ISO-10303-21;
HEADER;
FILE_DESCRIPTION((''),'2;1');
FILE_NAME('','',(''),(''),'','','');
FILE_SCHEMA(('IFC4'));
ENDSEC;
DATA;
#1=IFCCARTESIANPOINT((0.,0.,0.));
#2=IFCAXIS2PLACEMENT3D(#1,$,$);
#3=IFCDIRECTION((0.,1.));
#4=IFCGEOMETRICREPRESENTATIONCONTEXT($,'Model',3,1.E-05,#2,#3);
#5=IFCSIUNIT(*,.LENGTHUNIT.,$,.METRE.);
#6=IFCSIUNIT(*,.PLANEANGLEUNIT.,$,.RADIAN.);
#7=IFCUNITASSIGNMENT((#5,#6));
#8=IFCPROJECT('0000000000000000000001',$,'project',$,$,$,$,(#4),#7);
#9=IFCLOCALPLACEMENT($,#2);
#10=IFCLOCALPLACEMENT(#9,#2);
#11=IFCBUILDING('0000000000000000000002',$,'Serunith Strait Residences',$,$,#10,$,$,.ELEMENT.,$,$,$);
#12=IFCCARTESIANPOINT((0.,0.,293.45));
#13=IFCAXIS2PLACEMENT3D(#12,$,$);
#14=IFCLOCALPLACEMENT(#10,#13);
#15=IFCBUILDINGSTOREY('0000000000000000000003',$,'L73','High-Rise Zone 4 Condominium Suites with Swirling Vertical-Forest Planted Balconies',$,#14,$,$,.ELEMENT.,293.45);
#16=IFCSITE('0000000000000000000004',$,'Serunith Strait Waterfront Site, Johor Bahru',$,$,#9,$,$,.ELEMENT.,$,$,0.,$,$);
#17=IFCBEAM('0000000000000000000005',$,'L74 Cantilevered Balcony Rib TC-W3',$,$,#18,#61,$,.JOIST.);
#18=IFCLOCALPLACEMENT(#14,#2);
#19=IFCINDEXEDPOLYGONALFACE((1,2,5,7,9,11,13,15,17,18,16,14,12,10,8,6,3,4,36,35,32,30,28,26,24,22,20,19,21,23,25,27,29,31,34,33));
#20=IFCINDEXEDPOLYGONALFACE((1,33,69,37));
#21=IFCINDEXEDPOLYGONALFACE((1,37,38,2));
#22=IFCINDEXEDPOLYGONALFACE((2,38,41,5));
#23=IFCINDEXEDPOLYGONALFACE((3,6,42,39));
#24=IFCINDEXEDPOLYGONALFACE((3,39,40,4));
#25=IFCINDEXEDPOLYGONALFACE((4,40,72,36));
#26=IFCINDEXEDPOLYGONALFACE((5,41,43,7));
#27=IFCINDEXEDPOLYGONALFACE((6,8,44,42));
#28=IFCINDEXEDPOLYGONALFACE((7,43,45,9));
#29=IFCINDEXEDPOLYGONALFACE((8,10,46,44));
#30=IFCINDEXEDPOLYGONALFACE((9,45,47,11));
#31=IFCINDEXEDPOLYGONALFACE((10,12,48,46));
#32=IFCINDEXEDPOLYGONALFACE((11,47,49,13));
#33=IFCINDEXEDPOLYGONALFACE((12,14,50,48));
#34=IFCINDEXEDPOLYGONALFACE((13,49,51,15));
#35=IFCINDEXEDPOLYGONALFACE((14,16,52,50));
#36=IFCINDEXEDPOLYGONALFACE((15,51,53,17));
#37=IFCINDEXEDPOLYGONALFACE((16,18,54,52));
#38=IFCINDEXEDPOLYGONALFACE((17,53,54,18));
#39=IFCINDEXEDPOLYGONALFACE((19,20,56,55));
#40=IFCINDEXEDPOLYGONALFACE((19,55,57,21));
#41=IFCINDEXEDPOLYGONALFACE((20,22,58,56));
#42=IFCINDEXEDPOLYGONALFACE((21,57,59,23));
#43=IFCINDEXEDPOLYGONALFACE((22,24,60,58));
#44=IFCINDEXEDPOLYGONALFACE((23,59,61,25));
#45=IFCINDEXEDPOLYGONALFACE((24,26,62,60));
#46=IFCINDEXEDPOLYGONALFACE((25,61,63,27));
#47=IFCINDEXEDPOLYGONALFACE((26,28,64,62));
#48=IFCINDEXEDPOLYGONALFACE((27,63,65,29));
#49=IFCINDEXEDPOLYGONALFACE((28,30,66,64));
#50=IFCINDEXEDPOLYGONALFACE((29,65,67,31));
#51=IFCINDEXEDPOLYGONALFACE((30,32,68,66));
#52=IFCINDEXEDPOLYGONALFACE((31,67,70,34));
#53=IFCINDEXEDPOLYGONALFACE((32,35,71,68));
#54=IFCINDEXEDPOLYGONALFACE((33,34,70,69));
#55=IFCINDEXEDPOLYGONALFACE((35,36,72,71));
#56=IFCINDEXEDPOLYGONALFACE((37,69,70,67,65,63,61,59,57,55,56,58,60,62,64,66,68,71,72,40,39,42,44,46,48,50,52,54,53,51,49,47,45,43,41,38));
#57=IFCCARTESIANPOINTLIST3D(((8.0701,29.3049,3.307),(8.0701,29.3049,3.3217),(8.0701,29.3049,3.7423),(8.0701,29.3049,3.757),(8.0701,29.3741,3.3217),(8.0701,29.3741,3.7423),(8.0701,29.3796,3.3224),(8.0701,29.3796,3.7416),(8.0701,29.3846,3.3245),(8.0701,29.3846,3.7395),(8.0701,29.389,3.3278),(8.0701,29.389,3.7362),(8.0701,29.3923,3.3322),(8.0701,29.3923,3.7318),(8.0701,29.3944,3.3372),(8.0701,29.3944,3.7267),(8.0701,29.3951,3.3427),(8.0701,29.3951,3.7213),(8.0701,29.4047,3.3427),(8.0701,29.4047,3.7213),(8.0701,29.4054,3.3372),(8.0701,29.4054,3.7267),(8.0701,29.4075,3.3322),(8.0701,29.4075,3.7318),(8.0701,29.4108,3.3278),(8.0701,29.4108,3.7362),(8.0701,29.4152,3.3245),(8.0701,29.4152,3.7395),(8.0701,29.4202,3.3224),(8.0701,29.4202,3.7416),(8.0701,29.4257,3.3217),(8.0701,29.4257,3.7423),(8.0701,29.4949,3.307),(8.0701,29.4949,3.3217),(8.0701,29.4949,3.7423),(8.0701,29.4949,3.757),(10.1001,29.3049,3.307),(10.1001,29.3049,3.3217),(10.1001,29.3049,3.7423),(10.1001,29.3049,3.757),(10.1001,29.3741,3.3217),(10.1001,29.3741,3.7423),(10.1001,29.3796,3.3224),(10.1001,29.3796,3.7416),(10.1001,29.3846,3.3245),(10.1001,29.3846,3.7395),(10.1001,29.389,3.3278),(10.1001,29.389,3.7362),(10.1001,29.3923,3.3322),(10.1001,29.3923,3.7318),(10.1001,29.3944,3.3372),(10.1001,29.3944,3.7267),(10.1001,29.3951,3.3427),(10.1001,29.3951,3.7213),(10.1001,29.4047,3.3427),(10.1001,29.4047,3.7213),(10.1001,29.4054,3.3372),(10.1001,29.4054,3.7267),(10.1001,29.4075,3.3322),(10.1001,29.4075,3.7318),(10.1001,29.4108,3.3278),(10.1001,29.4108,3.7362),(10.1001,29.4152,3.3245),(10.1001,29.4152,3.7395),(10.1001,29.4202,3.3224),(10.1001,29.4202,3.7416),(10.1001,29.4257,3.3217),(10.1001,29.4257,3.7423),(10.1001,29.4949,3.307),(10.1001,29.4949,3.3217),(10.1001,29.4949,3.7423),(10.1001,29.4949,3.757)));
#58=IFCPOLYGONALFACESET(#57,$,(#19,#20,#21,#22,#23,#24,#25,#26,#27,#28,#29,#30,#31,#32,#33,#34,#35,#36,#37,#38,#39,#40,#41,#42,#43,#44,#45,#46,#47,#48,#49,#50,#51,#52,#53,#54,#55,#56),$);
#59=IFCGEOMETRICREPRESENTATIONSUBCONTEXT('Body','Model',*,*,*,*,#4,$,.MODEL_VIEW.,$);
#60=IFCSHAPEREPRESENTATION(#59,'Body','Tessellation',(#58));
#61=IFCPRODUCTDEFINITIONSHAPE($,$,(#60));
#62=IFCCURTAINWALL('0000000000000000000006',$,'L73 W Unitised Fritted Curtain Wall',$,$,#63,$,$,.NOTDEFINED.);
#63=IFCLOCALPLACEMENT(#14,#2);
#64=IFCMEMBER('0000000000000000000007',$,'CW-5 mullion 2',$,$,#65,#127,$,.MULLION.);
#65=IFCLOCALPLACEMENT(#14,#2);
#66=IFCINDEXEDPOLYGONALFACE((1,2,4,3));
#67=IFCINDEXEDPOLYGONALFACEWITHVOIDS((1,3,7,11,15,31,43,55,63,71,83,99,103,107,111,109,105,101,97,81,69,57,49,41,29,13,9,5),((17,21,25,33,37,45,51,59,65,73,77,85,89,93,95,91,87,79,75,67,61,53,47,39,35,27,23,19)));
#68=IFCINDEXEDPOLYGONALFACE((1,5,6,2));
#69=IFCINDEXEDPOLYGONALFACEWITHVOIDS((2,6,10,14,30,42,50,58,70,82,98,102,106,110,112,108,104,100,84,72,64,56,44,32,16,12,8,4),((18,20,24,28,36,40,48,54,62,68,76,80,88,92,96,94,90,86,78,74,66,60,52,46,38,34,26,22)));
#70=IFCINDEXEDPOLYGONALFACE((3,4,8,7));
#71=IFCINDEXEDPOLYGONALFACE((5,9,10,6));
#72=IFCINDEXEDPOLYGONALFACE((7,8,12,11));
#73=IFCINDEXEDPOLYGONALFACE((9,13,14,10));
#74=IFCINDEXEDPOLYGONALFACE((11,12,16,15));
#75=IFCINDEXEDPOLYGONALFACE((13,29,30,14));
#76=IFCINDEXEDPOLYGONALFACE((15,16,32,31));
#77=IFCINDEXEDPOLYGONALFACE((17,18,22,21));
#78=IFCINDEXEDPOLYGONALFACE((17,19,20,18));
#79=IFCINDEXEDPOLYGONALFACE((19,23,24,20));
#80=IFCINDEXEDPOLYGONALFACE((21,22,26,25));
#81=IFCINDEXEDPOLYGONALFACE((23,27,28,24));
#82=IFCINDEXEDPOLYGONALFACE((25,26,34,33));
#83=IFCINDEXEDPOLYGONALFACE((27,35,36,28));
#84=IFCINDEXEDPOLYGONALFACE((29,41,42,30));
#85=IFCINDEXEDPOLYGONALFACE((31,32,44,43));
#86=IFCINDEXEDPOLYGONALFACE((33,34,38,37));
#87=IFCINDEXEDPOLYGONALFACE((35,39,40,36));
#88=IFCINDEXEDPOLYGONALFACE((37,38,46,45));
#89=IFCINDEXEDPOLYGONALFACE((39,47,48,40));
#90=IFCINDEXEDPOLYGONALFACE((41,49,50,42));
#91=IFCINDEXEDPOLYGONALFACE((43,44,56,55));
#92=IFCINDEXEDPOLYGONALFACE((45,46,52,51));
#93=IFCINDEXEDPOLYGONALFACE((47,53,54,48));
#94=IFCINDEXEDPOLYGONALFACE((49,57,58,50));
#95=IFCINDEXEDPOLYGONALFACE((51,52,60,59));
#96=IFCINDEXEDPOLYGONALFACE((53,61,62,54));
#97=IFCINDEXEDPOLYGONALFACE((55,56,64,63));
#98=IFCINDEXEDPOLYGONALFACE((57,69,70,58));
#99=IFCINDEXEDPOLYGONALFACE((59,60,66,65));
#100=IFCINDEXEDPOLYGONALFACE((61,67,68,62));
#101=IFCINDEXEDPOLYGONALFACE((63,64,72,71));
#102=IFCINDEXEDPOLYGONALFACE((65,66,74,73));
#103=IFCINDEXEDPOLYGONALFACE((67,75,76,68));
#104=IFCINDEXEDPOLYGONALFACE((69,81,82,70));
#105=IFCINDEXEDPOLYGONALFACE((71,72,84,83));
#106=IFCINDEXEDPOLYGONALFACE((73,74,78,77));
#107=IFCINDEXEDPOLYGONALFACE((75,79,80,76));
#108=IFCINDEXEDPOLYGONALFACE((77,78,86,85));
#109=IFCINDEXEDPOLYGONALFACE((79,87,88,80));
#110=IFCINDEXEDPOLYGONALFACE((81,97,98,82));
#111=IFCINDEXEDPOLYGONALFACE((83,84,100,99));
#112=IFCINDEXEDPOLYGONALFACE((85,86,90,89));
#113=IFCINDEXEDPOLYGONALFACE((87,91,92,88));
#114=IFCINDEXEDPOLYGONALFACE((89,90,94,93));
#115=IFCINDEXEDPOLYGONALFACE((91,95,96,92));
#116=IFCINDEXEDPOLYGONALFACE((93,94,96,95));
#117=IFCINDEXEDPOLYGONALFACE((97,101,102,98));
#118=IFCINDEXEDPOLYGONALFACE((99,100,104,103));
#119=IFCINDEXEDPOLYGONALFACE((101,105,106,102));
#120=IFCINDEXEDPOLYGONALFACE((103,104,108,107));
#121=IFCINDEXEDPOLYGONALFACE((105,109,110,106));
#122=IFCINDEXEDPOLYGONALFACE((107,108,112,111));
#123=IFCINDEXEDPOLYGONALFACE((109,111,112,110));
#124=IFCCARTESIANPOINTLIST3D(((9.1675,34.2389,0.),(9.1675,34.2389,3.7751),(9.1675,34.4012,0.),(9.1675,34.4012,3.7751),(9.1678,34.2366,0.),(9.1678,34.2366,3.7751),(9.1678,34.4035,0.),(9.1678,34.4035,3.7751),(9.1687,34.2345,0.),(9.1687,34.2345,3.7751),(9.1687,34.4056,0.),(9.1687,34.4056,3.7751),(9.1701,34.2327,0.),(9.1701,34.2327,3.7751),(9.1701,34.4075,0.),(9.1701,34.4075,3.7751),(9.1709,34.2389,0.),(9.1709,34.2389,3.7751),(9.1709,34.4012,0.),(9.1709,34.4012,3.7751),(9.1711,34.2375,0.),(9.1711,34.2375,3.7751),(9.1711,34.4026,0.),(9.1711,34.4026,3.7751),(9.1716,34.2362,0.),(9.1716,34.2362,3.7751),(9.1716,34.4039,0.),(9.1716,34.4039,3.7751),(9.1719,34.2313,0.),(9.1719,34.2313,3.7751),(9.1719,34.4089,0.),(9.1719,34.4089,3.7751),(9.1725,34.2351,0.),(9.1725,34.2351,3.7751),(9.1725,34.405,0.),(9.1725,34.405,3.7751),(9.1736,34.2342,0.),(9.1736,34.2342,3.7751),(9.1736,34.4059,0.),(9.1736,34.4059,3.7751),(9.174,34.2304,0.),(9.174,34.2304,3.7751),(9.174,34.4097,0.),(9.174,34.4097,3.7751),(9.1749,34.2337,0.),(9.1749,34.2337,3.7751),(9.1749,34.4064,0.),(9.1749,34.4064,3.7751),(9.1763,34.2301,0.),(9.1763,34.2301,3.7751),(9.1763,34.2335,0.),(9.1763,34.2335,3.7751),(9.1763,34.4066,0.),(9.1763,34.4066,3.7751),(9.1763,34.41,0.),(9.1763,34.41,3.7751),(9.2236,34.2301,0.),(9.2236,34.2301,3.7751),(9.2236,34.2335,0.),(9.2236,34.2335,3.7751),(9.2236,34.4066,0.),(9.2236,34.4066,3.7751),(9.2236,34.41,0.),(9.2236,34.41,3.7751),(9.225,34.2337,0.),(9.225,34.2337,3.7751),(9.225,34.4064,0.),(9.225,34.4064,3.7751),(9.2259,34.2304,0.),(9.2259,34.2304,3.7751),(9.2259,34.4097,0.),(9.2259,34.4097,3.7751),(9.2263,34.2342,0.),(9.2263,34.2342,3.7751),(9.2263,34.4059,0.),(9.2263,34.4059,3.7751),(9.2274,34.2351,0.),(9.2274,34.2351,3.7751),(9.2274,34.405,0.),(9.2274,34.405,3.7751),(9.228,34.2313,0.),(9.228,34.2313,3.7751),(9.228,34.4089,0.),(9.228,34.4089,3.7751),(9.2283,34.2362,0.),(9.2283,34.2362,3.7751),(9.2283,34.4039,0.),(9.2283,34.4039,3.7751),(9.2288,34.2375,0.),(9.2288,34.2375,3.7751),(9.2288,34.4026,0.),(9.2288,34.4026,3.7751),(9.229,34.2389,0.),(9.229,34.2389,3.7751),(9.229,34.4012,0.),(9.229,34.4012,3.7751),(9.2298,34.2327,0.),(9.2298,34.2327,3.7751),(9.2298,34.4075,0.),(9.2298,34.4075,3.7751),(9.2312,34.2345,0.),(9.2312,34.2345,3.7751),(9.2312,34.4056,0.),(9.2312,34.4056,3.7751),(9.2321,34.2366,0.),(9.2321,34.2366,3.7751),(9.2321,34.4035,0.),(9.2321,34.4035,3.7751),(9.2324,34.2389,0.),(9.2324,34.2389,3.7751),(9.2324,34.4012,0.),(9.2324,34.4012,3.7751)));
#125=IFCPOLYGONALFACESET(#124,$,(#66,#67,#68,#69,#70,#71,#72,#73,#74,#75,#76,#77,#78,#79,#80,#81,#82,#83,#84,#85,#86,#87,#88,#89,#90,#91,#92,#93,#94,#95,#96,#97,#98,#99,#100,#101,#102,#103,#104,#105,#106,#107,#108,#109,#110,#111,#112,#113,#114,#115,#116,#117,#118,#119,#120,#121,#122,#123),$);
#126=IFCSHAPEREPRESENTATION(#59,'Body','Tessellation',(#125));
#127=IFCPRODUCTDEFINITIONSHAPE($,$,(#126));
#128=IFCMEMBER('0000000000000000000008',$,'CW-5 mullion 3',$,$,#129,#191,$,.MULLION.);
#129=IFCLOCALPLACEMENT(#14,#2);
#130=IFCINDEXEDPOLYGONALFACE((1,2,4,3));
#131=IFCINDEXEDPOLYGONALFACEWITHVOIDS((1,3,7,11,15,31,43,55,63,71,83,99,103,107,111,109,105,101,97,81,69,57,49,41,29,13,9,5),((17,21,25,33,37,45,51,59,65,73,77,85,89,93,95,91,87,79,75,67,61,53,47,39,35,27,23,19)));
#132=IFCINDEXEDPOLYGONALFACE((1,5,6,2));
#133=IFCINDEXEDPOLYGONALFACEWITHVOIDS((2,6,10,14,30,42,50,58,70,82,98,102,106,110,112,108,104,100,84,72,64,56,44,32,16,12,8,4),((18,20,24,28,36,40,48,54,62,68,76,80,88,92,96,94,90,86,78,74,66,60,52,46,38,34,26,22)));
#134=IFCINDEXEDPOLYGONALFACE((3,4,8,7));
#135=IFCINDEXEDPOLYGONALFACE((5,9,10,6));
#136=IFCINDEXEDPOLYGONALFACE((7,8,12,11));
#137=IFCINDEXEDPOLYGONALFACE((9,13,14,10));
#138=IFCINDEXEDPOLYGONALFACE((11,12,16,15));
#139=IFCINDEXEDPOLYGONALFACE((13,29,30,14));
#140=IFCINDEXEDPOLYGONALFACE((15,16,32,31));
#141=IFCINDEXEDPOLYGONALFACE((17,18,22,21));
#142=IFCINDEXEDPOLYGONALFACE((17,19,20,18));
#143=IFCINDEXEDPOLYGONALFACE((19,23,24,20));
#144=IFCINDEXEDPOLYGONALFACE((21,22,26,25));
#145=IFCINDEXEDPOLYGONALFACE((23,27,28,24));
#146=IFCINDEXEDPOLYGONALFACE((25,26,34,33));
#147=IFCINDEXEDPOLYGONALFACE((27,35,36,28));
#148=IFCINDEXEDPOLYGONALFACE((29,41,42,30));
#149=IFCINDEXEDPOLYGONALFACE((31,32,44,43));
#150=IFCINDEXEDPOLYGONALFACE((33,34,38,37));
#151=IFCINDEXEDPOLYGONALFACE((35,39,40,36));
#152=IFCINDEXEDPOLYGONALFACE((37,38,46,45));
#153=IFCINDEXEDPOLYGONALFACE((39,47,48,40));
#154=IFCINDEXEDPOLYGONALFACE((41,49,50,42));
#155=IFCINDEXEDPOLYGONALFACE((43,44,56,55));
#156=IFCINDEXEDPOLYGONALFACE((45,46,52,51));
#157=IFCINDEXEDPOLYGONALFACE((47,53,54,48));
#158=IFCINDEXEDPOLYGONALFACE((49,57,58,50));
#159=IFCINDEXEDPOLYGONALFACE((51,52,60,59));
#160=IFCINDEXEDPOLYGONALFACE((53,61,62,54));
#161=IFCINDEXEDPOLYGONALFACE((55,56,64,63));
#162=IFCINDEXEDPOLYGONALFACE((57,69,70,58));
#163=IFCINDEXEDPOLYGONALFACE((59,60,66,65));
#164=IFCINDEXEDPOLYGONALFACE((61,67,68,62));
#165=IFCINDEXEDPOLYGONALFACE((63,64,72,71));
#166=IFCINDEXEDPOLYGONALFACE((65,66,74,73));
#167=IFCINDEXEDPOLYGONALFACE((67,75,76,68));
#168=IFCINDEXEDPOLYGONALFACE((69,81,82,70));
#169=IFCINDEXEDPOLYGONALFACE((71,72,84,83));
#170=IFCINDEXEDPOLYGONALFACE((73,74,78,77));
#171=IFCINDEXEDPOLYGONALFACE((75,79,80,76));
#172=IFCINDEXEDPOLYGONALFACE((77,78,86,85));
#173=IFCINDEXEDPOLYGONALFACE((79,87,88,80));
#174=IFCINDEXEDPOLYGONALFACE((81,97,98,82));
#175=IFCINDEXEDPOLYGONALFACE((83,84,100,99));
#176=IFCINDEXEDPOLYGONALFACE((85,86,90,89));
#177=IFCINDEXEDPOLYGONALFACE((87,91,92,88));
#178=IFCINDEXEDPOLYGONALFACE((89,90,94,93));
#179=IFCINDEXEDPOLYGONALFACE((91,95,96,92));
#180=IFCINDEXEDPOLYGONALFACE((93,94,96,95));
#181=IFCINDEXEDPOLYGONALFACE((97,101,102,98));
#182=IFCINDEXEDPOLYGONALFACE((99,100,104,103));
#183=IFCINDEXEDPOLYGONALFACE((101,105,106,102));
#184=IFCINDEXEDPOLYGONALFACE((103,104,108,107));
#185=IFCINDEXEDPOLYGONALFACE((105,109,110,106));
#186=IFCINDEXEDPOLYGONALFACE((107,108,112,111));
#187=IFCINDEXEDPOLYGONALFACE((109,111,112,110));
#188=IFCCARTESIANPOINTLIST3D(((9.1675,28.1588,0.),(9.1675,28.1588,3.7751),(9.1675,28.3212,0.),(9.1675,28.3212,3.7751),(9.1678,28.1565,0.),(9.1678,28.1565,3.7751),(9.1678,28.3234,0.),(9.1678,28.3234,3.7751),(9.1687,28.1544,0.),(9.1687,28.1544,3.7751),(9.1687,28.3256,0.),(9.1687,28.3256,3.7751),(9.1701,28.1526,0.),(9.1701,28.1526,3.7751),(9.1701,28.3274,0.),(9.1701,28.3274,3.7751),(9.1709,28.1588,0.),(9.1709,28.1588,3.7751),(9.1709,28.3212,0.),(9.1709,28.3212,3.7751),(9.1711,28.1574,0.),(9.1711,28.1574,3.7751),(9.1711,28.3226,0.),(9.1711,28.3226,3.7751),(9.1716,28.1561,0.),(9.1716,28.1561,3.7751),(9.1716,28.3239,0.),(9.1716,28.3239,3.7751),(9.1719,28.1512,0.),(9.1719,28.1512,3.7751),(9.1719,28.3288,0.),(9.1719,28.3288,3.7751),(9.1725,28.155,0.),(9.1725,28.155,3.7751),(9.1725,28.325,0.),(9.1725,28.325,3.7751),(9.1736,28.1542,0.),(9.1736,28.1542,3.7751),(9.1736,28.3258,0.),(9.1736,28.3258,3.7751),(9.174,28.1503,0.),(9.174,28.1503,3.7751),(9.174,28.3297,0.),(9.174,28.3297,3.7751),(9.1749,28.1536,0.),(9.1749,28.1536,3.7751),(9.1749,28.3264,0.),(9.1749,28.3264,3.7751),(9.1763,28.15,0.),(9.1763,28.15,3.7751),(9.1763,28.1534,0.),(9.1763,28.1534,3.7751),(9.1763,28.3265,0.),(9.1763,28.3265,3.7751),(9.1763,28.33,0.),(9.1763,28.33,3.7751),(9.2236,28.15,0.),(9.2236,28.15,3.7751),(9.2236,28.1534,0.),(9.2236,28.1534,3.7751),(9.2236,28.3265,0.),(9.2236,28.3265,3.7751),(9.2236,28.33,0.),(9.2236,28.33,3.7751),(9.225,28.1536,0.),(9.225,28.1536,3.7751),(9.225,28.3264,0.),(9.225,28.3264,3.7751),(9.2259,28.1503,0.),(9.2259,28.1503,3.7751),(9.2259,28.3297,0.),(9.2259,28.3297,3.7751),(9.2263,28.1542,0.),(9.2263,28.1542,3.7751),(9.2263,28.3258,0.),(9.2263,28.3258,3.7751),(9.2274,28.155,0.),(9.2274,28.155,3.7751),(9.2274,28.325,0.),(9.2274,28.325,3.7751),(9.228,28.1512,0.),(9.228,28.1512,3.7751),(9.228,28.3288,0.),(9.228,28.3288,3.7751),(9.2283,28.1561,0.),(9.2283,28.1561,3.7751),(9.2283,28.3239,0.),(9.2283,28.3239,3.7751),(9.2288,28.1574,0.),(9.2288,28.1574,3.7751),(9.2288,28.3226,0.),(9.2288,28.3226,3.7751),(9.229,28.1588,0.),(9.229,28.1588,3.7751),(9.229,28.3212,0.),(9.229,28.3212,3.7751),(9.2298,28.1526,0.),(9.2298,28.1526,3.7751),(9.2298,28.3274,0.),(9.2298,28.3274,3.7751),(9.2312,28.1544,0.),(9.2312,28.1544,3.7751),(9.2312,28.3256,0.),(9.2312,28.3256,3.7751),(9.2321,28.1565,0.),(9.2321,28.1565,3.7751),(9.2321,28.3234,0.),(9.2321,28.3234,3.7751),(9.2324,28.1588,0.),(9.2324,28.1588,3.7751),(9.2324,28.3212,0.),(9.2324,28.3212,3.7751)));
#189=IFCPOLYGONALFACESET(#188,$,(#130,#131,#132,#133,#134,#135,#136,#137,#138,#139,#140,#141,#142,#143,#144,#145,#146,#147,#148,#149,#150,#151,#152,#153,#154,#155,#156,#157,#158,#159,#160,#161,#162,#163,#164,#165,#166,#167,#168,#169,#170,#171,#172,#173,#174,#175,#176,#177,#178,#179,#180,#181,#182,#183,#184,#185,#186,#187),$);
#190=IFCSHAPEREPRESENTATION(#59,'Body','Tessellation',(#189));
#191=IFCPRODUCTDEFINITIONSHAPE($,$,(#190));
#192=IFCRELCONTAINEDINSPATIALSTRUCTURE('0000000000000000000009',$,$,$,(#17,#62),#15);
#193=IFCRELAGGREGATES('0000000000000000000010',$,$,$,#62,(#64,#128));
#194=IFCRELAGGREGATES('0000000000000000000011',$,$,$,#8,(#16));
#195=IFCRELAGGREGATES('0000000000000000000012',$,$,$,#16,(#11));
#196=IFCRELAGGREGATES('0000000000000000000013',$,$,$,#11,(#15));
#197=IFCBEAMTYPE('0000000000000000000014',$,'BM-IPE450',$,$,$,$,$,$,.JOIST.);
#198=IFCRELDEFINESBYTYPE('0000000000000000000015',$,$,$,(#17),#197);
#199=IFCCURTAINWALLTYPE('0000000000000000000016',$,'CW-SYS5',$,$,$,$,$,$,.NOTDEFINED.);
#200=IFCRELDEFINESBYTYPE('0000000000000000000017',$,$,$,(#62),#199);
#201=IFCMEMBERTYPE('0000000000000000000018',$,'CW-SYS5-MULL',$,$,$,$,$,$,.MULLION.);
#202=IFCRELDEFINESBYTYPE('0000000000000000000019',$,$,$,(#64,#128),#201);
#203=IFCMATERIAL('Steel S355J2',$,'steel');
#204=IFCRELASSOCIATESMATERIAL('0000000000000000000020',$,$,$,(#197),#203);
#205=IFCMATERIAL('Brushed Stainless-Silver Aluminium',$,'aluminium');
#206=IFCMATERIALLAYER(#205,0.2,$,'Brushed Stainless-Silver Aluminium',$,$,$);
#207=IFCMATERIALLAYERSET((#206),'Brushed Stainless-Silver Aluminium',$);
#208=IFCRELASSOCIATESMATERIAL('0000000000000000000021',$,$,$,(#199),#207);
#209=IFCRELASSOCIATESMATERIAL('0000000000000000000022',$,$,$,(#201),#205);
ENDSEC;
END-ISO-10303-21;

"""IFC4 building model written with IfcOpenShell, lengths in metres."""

from ifc_helpers import new_model, si_unit, direction, frame, origin, origin_2d, place, context, subcontext, project, spatial, hollow_rectangle, i_section, extrude, source, transform, mapped, material, layer, layer_set, material_profile, profile_set, type_object, element, aggregate, save


model = new_model("IFC4")

# Units and contexts
model_context = context("Model", 3, precision=1e-05, world=origin(), true_north=direction((0.0, 1.0)))
body_context = subcontext(model_context, "Body", "Model", "MODEL_VIEW")
ifc_project = project(units=[si_unit("LENGTHUNIT", "METRE"), si_unit("PLANEANGLEUNIT", "RADIAN")], contexts=[model_context])

# Site, building, storey
site_placement = place(None, origin())
site = spatial("IfcSite", under=ifc_project, at=site_placement, Name="Serunith Strait Waterfront Site, Johor Bahru", CompositionType="ELEMENT", RefElevation=0.0)
building_placement = place(site_placement, origin())
building = spatial("IfcBuilding", under=site, at=building_placement, Name="Serunith Strait Residences", CompositionType="ELEMENT")
storey_placement = place(building_placement, frame((0.0, 0.0, 293.45)))
storey = spatial("IfcBuildingStorey", under=building, at=storey_placement, Name="L73", Description="High-Rise Zone 4 Condominium Suites with Swirling Vertical-Forest Planted Balconies", CompositionType="ELEMENT", Elevation=293.45)

# Beam
ifc_material_1 = material(Name="Steel S355J2", Category="steel")
ifc_material_profile_1 = material_profile(ifc_material_1, i_section(OverallWidth=0.1899, OverallDepth=0.45, WebThickness=0.0095, FlangeThickness=0.0146, FilletRadius=0.021, at=origin_2d()), Name="IPE 450")
ifc_profile_set_1 = profile_set([ifc_material_profile_1], Name="Steel S355J2")
beam_type_1 = type_object("IfcBeamType", Name="BM-IPE450", PredefinedType="JOIST", material=ifc_profile_set_1)
shared_shape_1 = source(origin(), body_context, "Body", "SweptSolid", [
    extrude(i_section(OverallWidth=0.1899, OverallDepth=0.45, WebThickness=0.0095, FlangeThickness=0.0146, FilletRadius=0.021, at=origin_2d()), origin(), (0.0, 0.0, 1.0), 2.03),
])
beam_1_placement = place(storey_placement, frame((10.1001, 29.3999, 3.532), z_axis=(-1.0, 0.0, 0.0), x_axis=(0.0, -1.0, 0.0)))
element("IfcBeam", 1, at=beam_1_placement, inside=storey, type_object=beam_type_1, Name="L74 Cantilevered Balcony Rib TC-W3", PredefinedType="JOIST", context=body_context, shape_type="MappedRepresentation", body=[
    mapped(shared_shape_1, transform((0.0, 0.0, 0.0), scale=1.0)),
])

# Curtain wall, members
ifc_material_2 = material(Name="Brushed Stainless-Silver Aluminium", Category="aluminium")
ifc_layer_1 = layer(ifc_material_2, 0.2, Name="Brushed Stainless-Silver Aluminium")
ifc_layer_set_1 = layer_set([ifc_layer_1], Name="Brushed Stainless-Silver Aluminium")
curtain_wall_type = type_object("IfcCurtainWallType", Name="CW-SYS5", PredefinedType="NOTDEFINED", material=ifc_layer_set_1)
curtain_wall_placement = place(storey_placement, origin())
curtain_wall = element("IfcCurtainWall", 2, at=curtain_wall_placement, inside=storey, type_object=curtain_wall_type, Name="L73 W Unitised Fritted Curtain Wall", PredefinedType="NOTDEFINED")
ifc_material_profile_2 = material_profile(ifc_material_2, hollow_rectangle(XDim=0.0649, YDim=0.1799, WallThickness=0.0034, InnerFilletRadius=0.0054, OuterFilletRadius=0.0088, at=origin_2d()), Name="ALU 180x65x3.5")
ifc_profile_set_2 = profile_set([ifc_material_profile_2], Name="Brushed Stainless-Silver Aluminium")
member_type_1 = type_object("IfcMemberType", Name="CW-SYS5-MULL", PredefinedType="MULLION", material=ifc_profile_set_2)
shared_shape_2 = source(origin(), body_context, "Body", "SweptSolid", [
    extrude(hollow_rectangle(XDim=0.0649, YDim=0.1799, WallThickness=0.0034, InnerFilletRadius=0.0054, OuterFilletRadius=0.0088, at=origin_2d()), origin(), (0.0, 0.0, 1.0), 3.7751),
])
member_1_placement = place(storey_placement, frame((9.2, 34.3201, 0.0), z_axis=(0.0, 0.0, 1.0), x_axis=(1.0, 0.0, 0.0)))
member_1 = element("IfcMember", 3, at=member_1_placement, type_object=member_type_1, Name="CW-5 mullion 2", PredefinedType="MULLION", context=body_context, shape_type="MappedRepresentation", body=[
    mapped(shared_shape_2, transform((0.0, 0.0, 0.0), scale=1.0)),
])
member_2_placement = place(storey_placement, frame((9.2, 28.24, 0.0), z_axis=(0.0, 0.0, 1.0), x_axis=(1.0, 0.0, 0.0)))
member_2 = element("IfcMember", 4, at=member_2_placement, type_object=member_type_1, Name="CW-5 mullion 3", PredefinedType="MULLION", context=body_context, shape_type="MappedRepresentation", body=[
    mapped(shared_shape_2, transform((0.0, 0.0, 0.0), scale=1.0)),
])
aggregate(curtain_wall, [member_1, member_2])

save(model, "model.ifc")
